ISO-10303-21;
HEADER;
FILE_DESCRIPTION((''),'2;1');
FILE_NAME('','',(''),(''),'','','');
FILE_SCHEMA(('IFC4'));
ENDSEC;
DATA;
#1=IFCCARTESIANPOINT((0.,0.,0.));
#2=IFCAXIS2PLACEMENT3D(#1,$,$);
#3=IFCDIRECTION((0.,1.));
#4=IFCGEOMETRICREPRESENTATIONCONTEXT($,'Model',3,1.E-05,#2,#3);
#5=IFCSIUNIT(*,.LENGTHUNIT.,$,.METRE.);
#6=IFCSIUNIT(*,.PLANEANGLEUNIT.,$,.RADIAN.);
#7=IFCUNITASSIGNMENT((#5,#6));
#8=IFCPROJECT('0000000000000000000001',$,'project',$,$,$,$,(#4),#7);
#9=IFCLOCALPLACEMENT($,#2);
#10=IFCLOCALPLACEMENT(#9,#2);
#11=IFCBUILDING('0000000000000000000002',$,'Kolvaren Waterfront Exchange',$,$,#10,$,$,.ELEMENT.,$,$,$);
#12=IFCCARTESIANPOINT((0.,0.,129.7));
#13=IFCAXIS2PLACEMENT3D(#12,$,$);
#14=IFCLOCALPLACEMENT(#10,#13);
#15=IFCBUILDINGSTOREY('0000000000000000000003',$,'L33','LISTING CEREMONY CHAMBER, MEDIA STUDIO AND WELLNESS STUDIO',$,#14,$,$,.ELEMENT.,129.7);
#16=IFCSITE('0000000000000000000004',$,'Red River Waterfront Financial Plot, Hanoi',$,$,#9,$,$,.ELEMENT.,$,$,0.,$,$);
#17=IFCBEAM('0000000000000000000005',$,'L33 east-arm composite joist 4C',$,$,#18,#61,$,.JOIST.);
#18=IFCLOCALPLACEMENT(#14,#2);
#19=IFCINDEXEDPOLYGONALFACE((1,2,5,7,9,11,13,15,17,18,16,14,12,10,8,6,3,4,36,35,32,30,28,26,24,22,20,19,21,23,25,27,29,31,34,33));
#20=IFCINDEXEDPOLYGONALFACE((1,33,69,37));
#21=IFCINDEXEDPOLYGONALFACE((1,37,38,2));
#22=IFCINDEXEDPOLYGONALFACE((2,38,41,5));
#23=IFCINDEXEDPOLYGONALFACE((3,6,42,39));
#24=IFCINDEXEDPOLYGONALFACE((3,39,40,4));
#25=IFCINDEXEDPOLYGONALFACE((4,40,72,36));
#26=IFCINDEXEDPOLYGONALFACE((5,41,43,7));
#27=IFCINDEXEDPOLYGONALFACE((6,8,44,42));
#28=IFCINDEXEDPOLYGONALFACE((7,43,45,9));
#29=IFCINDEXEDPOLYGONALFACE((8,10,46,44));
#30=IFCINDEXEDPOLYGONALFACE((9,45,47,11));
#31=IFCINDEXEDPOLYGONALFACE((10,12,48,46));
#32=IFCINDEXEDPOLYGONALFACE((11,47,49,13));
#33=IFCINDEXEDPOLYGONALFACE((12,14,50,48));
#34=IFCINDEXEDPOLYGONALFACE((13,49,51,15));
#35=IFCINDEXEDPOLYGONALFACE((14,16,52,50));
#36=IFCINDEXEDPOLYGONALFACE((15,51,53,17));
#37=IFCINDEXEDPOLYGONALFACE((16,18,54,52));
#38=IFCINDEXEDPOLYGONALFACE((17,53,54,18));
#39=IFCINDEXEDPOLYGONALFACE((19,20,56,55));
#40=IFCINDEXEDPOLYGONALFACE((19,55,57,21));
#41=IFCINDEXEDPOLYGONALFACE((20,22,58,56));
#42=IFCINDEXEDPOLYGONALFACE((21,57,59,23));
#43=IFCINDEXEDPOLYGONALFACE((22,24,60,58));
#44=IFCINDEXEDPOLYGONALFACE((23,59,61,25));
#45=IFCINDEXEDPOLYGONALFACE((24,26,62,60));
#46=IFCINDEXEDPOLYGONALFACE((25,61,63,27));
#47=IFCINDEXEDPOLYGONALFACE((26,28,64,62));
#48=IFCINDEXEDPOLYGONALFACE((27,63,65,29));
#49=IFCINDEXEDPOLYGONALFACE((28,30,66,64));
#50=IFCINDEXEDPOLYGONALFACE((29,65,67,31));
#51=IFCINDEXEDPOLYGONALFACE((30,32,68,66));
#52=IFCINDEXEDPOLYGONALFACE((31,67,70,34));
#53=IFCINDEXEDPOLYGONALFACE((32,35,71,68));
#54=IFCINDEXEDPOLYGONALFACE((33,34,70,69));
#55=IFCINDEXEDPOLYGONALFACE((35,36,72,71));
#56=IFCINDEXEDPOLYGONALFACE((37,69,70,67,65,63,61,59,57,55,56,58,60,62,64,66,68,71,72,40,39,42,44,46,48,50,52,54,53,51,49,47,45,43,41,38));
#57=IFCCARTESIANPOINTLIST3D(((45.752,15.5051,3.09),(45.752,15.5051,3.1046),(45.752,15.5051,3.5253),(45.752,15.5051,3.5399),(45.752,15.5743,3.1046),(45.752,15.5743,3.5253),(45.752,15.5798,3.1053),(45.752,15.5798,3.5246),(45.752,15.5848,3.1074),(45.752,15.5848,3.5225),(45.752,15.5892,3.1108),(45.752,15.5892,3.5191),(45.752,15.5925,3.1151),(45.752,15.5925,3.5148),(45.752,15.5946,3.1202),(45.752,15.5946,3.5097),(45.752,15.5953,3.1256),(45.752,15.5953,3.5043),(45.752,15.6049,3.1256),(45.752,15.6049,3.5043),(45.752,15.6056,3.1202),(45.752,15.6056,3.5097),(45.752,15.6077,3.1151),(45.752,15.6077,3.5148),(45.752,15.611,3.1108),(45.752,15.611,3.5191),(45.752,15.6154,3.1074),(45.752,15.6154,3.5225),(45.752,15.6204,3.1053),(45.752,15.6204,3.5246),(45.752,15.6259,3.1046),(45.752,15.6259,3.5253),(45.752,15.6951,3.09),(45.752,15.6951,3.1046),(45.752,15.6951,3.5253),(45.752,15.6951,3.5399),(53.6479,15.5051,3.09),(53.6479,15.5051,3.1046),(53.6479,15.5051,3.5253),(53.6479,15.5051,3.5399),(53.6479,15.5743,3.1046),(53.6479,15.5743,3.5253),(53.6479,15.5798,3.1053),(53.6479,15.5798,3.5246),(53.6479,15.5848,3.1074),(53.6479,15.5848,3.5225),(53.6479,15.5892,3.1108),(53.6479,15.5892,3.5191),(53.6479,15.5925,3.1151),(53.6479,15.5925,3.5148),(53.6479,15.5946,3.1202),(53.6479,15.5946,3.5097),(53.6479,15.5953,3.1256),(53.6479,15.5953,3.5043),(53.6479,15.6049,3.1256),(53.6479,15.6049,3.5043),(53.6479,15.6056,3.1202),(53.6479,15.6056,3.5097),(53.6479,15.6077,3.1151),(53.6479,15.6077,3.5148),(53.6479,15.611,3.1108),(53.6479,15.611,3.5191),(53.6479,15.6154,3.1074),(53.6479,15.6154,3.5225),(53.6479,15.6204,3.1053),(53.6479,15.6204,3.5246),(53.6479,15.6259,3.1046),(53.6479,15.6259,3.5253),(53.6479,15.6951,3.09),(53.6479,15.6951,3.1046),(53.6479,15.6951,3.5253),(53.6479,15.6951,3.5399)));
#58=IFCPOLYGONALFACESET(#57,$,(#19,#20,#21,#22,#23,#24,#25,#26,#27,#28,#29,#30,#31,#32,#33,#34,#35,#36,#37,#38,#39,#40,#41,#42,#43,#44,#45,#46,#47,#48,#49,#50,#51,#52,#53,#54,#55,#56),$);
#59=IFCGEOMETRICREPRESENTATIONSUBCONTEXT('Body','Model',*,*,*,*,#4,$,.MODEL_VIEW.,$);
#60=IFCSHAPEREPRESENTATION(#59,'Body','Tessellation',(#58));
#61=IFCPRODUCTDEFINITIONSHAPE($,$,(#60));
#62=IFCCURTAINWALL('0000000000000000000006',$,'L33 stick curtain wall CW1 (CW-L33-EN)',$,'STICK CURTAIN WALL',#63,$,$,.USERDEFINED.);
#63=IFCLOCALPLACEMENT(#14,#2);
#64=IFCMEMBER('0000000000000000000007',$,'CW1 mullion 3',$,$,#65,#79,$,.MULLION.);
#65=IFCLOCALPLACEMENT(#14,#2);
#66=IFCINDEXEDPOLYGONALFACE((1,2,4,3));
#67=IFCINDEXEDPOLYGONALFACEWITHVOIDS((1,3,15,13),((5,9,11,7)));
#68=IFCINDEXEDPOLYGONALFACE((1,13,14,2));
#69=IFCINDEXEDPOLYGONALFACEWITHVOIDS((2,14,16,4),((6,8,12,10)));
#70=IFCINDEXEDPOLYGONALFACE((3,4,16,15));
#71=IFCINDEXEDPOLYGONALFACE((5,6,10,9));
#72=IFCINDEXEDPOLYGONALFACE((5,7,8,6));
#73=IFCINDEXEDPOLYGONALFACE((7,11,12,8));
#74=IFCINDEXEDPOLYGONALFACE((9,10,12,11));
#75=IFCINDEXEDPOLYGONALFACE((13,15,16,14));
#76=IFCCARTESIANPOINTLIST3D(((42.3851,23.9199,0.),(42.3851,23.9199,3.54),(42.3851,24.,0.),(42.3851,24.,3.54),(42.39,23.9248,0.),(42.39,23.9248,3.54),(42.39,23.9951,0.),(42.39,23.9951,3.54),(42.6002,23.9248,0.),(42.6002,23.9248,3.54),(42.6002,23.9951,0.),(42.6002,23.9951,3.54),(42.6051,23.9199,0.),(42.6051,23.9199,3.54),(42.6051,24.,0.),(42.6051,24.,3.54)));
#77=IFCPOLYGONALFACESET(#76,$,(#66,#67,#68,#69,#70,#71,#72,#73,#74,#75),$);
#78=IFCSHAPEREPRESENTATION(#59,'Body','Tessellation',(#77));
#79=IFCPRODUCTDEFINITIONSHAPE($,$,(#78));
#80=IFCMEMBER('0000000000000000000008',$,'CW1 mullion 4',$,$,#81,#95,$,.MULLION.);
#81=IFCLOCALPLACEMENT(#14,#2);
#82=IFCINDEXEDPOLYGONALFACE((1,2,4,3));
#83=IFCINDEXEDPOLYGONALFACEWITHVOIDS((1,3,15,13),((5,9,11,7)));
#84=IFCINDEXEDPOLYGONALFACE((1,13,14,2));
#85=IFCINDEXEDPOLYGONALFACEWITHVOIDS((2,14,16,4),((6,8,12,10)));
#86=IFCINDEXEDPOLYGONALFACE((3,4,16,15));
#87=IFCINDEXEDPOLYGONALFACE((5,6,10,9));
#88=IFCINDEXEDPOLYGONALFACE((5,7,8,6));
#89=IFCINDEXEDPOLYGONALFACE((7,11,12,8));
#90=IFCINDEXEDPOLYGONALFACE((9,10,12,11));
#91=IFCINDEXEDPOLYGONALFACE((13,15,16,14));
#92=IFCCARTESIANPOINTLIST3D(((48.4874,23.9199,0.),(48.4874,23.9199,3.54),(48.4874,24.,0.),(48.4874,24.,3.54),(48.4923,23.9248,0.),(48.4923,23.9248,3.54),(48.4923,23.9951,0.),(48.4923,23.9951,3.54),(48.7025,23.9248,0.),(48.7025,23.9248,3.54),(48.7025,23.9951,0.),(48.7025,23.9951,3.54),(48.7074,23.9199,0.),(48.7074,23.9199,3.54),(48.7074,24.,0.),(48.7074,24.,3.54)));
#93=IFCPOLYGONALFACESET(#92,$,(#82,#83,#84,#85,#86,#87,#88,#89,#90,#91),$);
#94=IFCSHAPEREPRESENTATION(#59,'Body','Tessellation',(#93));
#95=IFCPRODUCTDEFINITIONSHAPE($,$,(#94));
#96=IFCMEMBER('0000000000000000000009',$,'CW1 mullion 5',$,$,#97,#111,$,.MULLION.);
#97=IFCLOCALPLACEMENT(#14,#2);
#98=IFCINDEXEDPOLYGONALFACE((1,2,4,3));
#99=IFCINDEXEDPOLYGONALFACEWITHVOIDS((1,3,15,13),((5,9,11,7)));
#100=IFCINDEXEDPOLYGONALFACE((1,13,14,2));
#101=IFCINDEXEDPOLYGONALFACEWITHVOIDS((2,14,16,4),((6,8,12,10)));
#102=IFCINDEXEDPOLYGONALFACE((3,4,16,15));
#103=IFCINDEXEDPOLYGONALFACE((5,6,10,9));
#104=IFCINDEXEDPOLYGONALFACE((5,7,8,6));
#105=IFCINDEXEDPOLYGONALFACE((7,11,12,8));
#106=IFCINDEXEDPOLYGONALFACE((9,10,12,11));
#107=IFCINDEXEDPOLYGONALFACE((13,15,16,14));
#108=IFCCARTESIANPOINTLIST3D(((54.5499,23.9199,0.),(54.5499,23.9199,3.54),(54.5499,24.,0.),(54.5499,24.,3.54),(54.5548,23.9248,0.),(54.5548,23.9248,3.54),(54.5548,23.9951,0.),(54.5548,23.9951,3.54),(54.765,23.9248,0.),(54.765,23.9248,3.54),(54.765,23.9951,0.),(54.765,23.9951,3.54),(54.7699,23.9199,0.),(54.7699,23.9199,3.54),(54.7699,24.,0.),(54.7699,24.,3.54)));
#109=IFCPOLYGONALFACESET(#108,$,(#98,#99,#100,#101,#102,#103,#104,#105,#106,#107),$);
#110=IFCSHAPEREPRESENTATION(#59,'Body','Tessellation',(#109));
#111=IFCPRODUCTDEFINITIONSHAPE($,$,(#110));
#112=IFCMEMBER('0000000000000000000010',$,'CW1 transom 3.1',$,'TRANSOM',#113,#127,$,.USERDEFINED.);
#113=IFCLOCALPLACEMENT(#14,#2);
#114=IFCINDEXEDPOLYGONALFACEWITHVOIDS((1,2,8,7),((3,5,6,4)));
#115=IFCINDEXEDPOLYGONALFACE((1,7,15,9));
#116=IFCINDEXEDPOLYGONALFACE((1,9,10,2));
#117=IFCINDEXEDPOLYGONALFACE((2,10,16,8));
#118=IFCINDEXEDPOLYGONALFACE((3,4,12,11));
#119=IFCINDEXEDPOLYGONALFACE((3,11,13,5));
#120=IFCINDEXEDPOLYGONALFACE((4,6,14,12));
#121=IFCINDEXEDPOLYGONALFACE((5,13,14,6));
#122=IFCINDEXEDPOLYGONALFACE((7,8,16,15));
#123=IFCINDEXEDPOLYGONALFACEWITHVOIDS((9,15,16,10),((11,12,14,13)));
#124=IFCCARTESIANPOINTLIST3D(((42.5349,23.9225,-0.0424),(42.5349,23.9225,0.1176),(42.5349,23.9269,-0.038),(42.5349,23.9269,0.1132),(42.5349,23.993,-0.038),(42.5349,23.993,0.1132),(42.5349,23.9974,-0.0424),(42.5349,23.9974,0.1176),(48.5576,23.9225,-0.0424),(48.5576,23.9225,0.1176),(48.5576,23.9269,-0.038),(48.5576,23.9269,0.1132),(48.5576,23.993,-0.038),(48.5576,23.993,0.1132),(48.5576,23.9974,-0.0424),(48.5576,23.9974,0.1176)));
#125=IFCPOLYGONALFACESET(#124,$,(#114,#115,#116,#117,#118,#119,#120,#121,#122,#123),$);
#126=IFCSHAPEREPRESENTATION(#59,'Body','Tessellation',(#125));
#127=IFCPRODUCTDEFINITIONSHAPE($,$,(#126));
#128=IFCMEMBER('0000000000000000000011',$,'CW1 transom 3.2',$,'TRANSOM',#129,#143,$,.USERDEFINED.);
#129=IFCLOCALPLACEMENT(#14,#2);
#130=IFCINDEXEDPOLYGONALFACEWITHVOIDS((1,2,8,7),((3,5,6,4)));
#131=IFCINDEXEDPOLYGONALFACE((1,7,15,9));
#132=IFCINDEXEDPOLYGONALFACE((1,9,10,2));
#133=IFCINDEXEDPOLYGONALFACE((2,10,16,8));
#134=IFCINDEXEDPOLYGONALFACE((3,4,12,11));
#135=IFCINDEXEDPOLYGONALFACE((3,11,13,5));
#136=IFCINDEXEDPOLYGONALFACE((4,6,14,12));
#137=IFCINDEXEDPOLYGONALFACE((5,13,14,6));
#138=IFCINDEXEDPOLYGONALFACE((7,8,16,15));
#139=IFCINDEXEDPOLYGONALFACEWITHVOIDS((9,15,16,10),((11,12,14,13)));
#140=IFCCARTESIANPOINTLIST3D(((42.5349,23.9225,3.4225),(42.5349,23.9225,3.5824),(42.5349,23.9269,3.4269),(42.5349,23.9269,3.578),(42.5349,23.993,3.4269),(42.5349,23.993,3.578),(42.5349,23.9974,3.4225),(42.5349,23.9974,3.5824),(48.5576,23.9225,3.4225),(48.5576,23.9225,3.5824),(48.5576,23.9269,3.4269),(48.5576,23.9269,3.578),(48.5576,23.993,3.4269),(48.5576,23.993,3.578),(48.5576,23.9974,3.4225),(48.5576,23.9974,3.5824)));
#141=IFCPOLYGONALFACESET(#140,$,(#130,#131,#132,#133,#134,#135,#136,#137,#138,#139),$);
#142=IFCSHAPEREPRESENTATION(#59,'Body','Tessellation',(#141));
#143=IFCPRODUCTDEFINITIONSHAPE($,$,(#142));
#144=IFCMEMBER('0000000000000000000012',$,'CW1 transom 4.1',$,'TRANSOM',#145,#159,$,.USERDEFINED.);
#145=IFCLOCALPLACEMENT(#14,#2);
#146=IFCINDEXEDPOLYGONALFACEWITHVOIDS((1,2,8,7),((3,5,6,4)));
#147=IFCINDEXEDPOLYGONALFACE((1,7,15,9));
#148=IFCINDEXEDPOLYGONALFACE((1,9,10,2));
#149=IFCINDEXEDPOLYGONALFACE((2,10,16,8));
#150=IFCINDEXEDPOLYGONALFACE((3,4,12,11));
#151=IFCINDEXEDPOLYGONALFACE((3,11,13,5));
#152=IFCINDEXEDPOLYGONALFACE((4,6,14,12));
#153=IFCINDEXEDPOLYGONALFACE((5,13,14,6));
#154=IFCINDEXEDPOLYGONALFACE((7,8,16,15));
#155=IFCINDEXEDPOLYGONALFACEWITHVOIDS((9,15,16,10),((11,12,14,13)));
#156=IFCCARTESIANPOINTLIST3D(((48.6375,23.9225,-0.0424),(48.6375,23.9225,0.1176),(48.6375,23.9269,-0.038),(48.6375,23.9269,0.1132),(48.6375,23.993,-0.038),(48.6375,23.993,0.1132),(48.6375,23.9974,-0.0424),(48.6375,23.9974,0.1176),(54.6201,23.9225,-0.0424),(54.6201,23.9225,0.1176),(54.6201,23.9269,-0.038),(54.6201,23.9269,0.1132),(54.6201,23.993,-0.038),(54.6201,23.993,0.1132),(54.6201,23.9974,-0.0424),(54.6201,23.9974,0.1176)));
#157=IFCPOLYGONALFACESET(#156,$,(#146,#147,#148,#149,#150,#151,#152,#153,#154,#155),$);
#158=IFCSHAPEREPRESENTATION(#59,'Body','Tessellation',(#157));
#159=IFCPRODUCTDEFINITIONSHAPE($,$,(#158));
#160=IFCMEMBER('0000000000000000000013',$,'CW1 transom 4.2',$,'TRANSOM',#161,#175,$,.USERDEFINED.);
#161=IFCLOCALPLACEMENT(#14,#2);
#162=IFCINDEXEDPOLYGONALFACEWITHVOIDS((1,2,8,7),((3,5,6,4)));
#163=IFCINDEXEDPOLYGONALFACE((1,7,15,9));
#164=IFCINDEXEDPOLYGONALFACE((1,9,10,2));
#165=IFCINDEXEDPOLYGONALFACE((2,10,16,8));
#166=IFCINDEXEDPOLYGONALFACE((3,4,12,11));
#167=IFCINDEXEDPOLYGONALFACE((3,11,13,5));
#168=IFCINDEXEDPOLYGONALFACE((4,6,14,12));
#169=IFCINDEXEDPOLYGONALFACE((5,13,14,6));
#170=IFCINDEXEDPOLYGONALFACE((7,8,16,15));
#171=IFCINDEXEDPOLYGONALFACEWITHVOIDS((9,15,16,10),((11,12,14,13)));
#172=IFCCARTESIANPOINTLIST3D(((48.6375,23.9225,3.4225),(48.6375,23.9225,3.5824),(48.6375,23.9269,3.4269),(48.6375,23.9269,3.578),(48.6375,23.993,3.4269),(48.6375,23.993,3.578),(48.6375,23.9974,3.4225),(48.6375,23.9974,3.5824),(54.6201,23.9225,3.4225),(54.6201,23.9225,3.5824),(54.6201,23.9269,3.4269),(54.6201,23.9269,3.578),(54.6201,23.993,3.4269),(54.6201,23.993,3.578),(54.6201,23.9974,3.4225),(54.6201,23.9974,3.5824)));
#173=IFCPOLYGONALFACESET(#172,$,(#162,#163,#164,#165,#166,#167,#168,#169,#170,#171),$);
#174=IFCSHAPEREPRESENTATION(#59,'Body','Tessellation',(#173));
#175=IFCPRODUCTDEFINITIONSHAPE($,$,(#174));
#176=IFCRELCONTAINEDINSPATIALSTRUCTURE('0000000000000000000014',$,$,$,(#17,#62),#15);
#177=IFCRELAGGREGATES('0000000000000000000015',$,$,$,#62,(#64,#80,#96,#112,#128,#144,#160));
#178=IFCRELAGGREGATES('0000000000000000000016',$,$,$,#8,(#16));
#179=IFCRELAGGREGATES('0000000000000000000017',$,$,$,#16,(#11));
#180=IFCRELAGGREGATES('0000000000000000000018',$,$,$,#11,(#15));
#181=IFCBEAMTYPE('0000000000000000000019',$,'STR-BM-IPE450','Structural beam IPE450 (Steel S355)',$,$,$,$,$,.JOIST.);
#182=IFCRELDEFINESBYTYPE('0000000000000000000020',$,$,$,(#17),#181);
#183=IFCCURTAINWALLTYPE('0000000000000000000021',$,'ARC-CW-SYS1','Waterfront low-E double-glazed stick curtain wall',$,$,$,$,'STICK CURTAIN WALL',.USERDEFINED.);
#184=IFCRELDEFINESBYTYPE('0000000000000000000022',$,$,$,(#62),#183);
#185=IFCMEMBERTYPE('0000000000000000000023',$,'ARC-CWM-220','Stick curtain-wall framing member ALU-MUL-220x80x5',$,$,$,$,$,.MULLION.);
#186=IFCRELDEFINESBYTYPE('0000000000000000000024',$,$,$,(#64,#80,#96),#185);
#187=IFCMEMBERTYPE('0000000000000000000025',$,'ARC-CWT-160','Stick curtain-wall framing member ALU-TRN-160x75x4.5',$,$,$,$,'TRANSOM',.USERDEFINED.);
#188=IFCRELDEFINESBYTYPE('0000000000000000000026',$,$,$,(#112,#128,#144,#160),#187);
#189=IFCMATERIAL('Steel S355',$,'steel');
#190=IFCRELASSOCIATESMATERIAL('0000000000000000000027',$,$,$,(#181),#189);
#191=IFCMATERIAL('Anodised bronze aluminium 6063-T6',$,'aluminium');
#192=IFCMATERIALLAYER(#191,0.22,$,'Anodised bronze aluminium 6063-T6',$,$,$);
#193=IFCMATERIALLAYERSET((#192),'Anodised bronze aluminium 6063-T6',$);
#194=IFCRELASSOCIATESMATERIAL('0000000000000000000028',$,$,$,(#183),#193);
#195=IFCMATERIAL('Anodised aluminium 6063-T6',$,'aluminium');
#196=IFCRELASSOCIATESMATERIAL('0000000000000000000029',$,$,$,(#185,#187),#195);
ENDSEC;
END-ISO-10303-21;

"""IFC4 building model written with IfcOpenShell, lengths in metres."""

from ifc_helpers import new_model, si_unit, direction, frame, origin, origin_with_axes, origin_2d, place, context, subcontext, project, spatial, hollow_rectangle, i_section, extrude, source, transform, mapped, material, layer, layer_set, material_profile, profile_set, type_object, element, aggregate, save


model = new_model("IFC4")

# Units and contexts
model_context = context("Model", 3, precision=1e-05, world=origin(), true_north=direction((0.0, 1.0)))
body_context = subcontext(model_context, "Body", "Model", "MODEL_VIEW")
ifc_project = project(units=[si_unit("LENGTHUNIT", "METRE"), si_unit("PLANEANGLEUNIT", "RADIAN")], contexts=[model_context])

# Site, building, storey
site_placement = place(None, origin())
site = spatial("IfcSite", under=ifc_project, at=site_placement, Name="Red River Waterfront Financial Plot, Hanoi", CompositionType="ELEMENT", RefElevation=0.0)
building_placement = place(site_placement, origin())
building = spatial("IfcBuilding", under=site, at=building_placement, Name="Kolvaren Waterfront Exchange", CompositionType="ELEMENT")
storey_placement = place(building_placement, frame((0.0, 0.0, 129.7)))
storey = spatial("IfcBuildingStorey", under=building, at=storey_placement, Name="L33", Description="LISTING CEREMONY CHAMBER, MEDIA STUDIO AND WELLNESS STUDIO", CompositionType="ELEMENT", Elevation=129.7)

# Beam
ifc_material_1 = material(Name="Steel S355", Category="steel")
ifc_material_profile_1 = material_profile(ifc_material_1, i_section(OverallWidth=0.1899, OverallDepth=0.45, WebThickness=0.0095, FlangeThickness=0.0146, FilletRadius=0.021, at=origin_2d()), Name="IPE450")
ifc_profile_set_1 = profile_set([ifc_material_profile_1], Name="Steel S355")
beam_type_1 = type_object("IfcBeamType", Name="STR-BM-IPE450", Description="Structural beam IPE450 (Steel S355)", PredefinedType="JOIST", material=ifc_profile_set_1)
for number, where, z_axis, x_axis, name in (
    (1, (45.752, 15.6001, 3.3149), (1.0, 0.0, 0.0), (0.0, 1.0, 0.0), "L33 east-arm composite joist 4C"),
):
    element("IfcBeam", number, at=place(storey_placement, frame(where, z_axis=z_axis, x_axis=x_axis)), inside=storey, type_object=beam_type_1, Name=name, PredefinedType="JOIST", context=body_context, shape_type="SweptSolid", body=[
        extrude(i_section(OverallWidth=0.1899, OverallDepth=0.45, WebThickness=0.0095, FlangeThickness=0.0146, FilletRadius=0.021, at=origin_2d()), origin(), (0.0, 0.0, 1.0), 7.896),
    ])

# Curtain wall, members
ifc_material_2 = material(Name="Anodised bronze aluminium 6063-T6", Category="aluminium")
ifc_layer_1 = layer(ifc_material_2, 0.22, Name="Anodised bronze aluminium 6063-T6")
ifc_layer_set_1 = layer_set([ifc_layer_1], Name="Anodised bronze aluminium 6063-T6")
curtain_wall_type = type_object("IfcCurtainWallType", Name="ARC-CW-SYS1", Description="Waterfront low-E double-glazed stick curtain wall", ElementType="STICK CURTAIN WALL", PredefinedType="USERDEFINED", material=ifc_layer_set_1)
curtain_wall_placement = place(storey_placement, origin())
curtain_wall = element("IfcCurtainWall", 2, at=curtain_wall_placement, inside=storey, type_object=curtain_wall_type, Name="L33 stick curtain wall CW1 (CW-L33-EN)", ObjectType="STICK CURTAIN WALL", PredefinedType="USERDEFINED")
ifc_material_3 = material(Name="Anodised aluminium 6063-T6", Category="aluminium")
ifc_material_profile_2 = material_profile(ifc_material_3, hollow_rectangle(XDim=0.0801, YDim=0.22, WallThickness=0.0049, at=origin_2d()), Name="ALU-MUL-220x80x5")
ifc_profile_set_2 = profile_set([ifc_material_profile_2], Name="Anodised aluminium 6063-T6")
member_type_1 = type_object("IfcMemberType", Name="ARC-CWM-220", Description="Stick curtain-wall framing member ALU-MUL-220x80x5", PredefinedType="MULLION", material=ifc_profile_set_2)
shared_shape_1 = source(origin_with_axes(), body_context, "Body", "SweptSolid", [
    extrude(hollow_rectangle(XDim=0.0801, YDim=0.22, WallThickness=0.0049, at=origin_2d()), origin(), (0.0, 0.0, 1.0), 3.54),
])
member_1_placement = place(storey_placement, frame((42.4951, 23.96, 0.0), z_axis=(0.0, 0.0, 1.0), x_axis=(0.0, 1.0, 0.0)))
member_1 = element("IfcMember", 3, at=member_1_placement, type_object=member_type_1, Name="CW1 mullion 3", PredefinedType="MULLION", context=body_context, shape_type="MappedRepresentation", body=[
    mapped(shared_shape_1, transform((0.0, 0.0, 0.0), x_axis=(1.0, 0.0, 0.0), y_axis=(0.0, 1.0, 0.0), z_axis=(0.0, 0.0, 1.0), scale=1.0)),
])
member_2_placement = place(storey_placement, frame((48.5974, 23.96, 0.0), z_axis=(0.0, 0.0, 1.0), x_axis=(0.0, 1.0, 0.0)))
member_2 = element("IfcMember", 4, at=member_2_placement, type_object=member_type_1, Name="CW1 mullion 4", PredefinedType="MULLION", context=body_context, shape_type="MappedRepresentation", body=[
    mapped(shared_shape_1, transform((0.0, 0.0, 0.0), x_axis=(1.0, 0.0, 0.0), y_axis=(0.0, 1.0, 0.0), z_axis=(0.0, 0.0, 1.0), scale=1.0)),
])
member_3_placement = place(storey_placement, frame((54.6599, 23.96, 0.0), z_axis=(0.0, 0.0, 1.0), x_axis=(0.0, 1.0, 0.0)))
member_3 = element("IfcMember", 5, at=member_3_placement, type_object=member_type_1, Name="CW1 mullion 5", PredefinedType="MULLION", context=body_context, shape_type="MappedRepresentation", body=[
    mapped(shared_shape_1, transform((0.0, 0.0, 0.0), x_axis=(1.0, 0.0, 0.0), y_axis=(0.0, 1.0, 0.0), z_axis=(0.0, 0.0, 1.0), scale=1.0)),
])
ifc_material_profile_3 = material_profile(ifc_material_3, hollow_rectangle(XDim=0.075, YDim=0.1599, WallThickness=0.0044, at=origin_2d()), Name="ALU-TRN-160x75x4.5")
ifc_profile_set_3 = profile_set([ifc_material_profile_3], Name="Anodised aluminium 6063-T6")
member_type_2 = type_object("IfcMemberType", Name="ARC-CWT-160", Description="Stick curtain-wall framing member ALU-TRN-160x75x4.5", ElementType="TRANSOM", PredefinedType="USERDEFINED", material=ifc_profile_set_3)
shared_shape_2 = source(origin_with_axes(), body_context, "Body", "SweptSolid", [
    extrude(hollow_rectangle(XDim=0.075, YDim=0.1599, WallThickness=0.0044, at=origin_2d()), origin(), (0.0, 0.0, 1.0), 6.0227),
])
member_4_placement = place(storey_placement, frame((42.5349, 23.96, 0.0376), z_axis=(1.0, 0.0, 0.0), x_axis=(0.0, 1.0, 0.0)))
member_4 = element("IfcMember", 6, at=member_4_placement, type_object=member_type_2, Name="CW1 transom 3.1", ObjectType="TRANSOM", PredefinedType="USERDEFINED", context=body_context, shape_type="MappedRepresentation", body=[
    mapped(shared_shape_2, transform((0.0, 0.0, 0.0), x_axis=(1.0, 0.0, 0.0), y_axis=(0.0, 1.0, 0.0), z_axis=(0.0, 0.0, 1.0), scale=1.0)),
])
member_5_placement = place(storey_placement, frame((42.5349, 23.96, 3.5024), z_axis=(1.0, 0.0, 0.0), x_axis=(0.0, 1.0, 0.0)))
member_5 = element("IfcMember", 7, at=member_5_placement, type_object=member_type_2, Name="CW1 transom 3.2", ObjectType="TRANSOM", PredefinedType="USERDEFINED", context=body_context, shape_type="MappedRepresentation", body=[
    mapped(shared_shape_2, transform((0.0, 0.0, 0.0), x_axis=(1.0, 0.0, 0.0), y_axis=(0.0, 1.0, 0.0), z_axis=(0.0, 0.0, 1.0), scale=1.0)),
])
shared_shape_3 = source(origin_with_axes(), body_context, "Body", "SweptSolid", [
    extrude(hollow_rectangle(XDim=0.075, YDim=0.1599, WallThickness=0.0044, at=origin_2d()), origin(), (0.0, 0.0, 1.0), 5.9827),
])
member_6_placement = place(storey_placement, frame((48.6375, 23.96, 0.0376), z_axis=(1.0, 0.0, 0.0), x_axis=(0.0, 1.0, 0.0)))
member_6 = element("IfcMember", 8, at=member_6_placement, type_object=member_type_2, Name="CW1 transom 4.1", ObjectType="TRANSOM", PredefinedType="USERDEFINED", context=body_context, shape_type="MappedRepresentation", body=[
    mapped(shared_shape_3, transform((0.0, 0.0, 0.0), x_axis=(1.0, 0.0, 0.0), y_axis=(0.0, 1.0, 0.0), z_axis=(0.0, 0.0, 1.0), scale=1.0)),
])
member_7_placement = place(storey_placement, frame((48.6375, 23.96, 3.5024), z_axis=(1.0, 0.0, 0.0), x_axis=(0.0, 1.0, 0.0)))
member_7 = element("IfcMember", 9, at=member_7_placement, type_object=member_type_2, Name="CW1 transom 4.2", ObjectType="TRANSOM", PredefinedType="USERDEFINED", context=body_context, shape_type="MappedRepresentation", body=[
    mapped(shared_shape_3, transform((0.0, 0.0, 0.0), x_axis=(1.0, 0.0, 0.0), y_axis=(0.0, 1.0, 0.0), z_axis=(0.0, 0.0, 1.0), scale=1.0)),
])
aggregate(curtain_wall, [member_1, member_2, member_3, member_4, member_5, member_6, member_7])

save(model, "model.ifc")
